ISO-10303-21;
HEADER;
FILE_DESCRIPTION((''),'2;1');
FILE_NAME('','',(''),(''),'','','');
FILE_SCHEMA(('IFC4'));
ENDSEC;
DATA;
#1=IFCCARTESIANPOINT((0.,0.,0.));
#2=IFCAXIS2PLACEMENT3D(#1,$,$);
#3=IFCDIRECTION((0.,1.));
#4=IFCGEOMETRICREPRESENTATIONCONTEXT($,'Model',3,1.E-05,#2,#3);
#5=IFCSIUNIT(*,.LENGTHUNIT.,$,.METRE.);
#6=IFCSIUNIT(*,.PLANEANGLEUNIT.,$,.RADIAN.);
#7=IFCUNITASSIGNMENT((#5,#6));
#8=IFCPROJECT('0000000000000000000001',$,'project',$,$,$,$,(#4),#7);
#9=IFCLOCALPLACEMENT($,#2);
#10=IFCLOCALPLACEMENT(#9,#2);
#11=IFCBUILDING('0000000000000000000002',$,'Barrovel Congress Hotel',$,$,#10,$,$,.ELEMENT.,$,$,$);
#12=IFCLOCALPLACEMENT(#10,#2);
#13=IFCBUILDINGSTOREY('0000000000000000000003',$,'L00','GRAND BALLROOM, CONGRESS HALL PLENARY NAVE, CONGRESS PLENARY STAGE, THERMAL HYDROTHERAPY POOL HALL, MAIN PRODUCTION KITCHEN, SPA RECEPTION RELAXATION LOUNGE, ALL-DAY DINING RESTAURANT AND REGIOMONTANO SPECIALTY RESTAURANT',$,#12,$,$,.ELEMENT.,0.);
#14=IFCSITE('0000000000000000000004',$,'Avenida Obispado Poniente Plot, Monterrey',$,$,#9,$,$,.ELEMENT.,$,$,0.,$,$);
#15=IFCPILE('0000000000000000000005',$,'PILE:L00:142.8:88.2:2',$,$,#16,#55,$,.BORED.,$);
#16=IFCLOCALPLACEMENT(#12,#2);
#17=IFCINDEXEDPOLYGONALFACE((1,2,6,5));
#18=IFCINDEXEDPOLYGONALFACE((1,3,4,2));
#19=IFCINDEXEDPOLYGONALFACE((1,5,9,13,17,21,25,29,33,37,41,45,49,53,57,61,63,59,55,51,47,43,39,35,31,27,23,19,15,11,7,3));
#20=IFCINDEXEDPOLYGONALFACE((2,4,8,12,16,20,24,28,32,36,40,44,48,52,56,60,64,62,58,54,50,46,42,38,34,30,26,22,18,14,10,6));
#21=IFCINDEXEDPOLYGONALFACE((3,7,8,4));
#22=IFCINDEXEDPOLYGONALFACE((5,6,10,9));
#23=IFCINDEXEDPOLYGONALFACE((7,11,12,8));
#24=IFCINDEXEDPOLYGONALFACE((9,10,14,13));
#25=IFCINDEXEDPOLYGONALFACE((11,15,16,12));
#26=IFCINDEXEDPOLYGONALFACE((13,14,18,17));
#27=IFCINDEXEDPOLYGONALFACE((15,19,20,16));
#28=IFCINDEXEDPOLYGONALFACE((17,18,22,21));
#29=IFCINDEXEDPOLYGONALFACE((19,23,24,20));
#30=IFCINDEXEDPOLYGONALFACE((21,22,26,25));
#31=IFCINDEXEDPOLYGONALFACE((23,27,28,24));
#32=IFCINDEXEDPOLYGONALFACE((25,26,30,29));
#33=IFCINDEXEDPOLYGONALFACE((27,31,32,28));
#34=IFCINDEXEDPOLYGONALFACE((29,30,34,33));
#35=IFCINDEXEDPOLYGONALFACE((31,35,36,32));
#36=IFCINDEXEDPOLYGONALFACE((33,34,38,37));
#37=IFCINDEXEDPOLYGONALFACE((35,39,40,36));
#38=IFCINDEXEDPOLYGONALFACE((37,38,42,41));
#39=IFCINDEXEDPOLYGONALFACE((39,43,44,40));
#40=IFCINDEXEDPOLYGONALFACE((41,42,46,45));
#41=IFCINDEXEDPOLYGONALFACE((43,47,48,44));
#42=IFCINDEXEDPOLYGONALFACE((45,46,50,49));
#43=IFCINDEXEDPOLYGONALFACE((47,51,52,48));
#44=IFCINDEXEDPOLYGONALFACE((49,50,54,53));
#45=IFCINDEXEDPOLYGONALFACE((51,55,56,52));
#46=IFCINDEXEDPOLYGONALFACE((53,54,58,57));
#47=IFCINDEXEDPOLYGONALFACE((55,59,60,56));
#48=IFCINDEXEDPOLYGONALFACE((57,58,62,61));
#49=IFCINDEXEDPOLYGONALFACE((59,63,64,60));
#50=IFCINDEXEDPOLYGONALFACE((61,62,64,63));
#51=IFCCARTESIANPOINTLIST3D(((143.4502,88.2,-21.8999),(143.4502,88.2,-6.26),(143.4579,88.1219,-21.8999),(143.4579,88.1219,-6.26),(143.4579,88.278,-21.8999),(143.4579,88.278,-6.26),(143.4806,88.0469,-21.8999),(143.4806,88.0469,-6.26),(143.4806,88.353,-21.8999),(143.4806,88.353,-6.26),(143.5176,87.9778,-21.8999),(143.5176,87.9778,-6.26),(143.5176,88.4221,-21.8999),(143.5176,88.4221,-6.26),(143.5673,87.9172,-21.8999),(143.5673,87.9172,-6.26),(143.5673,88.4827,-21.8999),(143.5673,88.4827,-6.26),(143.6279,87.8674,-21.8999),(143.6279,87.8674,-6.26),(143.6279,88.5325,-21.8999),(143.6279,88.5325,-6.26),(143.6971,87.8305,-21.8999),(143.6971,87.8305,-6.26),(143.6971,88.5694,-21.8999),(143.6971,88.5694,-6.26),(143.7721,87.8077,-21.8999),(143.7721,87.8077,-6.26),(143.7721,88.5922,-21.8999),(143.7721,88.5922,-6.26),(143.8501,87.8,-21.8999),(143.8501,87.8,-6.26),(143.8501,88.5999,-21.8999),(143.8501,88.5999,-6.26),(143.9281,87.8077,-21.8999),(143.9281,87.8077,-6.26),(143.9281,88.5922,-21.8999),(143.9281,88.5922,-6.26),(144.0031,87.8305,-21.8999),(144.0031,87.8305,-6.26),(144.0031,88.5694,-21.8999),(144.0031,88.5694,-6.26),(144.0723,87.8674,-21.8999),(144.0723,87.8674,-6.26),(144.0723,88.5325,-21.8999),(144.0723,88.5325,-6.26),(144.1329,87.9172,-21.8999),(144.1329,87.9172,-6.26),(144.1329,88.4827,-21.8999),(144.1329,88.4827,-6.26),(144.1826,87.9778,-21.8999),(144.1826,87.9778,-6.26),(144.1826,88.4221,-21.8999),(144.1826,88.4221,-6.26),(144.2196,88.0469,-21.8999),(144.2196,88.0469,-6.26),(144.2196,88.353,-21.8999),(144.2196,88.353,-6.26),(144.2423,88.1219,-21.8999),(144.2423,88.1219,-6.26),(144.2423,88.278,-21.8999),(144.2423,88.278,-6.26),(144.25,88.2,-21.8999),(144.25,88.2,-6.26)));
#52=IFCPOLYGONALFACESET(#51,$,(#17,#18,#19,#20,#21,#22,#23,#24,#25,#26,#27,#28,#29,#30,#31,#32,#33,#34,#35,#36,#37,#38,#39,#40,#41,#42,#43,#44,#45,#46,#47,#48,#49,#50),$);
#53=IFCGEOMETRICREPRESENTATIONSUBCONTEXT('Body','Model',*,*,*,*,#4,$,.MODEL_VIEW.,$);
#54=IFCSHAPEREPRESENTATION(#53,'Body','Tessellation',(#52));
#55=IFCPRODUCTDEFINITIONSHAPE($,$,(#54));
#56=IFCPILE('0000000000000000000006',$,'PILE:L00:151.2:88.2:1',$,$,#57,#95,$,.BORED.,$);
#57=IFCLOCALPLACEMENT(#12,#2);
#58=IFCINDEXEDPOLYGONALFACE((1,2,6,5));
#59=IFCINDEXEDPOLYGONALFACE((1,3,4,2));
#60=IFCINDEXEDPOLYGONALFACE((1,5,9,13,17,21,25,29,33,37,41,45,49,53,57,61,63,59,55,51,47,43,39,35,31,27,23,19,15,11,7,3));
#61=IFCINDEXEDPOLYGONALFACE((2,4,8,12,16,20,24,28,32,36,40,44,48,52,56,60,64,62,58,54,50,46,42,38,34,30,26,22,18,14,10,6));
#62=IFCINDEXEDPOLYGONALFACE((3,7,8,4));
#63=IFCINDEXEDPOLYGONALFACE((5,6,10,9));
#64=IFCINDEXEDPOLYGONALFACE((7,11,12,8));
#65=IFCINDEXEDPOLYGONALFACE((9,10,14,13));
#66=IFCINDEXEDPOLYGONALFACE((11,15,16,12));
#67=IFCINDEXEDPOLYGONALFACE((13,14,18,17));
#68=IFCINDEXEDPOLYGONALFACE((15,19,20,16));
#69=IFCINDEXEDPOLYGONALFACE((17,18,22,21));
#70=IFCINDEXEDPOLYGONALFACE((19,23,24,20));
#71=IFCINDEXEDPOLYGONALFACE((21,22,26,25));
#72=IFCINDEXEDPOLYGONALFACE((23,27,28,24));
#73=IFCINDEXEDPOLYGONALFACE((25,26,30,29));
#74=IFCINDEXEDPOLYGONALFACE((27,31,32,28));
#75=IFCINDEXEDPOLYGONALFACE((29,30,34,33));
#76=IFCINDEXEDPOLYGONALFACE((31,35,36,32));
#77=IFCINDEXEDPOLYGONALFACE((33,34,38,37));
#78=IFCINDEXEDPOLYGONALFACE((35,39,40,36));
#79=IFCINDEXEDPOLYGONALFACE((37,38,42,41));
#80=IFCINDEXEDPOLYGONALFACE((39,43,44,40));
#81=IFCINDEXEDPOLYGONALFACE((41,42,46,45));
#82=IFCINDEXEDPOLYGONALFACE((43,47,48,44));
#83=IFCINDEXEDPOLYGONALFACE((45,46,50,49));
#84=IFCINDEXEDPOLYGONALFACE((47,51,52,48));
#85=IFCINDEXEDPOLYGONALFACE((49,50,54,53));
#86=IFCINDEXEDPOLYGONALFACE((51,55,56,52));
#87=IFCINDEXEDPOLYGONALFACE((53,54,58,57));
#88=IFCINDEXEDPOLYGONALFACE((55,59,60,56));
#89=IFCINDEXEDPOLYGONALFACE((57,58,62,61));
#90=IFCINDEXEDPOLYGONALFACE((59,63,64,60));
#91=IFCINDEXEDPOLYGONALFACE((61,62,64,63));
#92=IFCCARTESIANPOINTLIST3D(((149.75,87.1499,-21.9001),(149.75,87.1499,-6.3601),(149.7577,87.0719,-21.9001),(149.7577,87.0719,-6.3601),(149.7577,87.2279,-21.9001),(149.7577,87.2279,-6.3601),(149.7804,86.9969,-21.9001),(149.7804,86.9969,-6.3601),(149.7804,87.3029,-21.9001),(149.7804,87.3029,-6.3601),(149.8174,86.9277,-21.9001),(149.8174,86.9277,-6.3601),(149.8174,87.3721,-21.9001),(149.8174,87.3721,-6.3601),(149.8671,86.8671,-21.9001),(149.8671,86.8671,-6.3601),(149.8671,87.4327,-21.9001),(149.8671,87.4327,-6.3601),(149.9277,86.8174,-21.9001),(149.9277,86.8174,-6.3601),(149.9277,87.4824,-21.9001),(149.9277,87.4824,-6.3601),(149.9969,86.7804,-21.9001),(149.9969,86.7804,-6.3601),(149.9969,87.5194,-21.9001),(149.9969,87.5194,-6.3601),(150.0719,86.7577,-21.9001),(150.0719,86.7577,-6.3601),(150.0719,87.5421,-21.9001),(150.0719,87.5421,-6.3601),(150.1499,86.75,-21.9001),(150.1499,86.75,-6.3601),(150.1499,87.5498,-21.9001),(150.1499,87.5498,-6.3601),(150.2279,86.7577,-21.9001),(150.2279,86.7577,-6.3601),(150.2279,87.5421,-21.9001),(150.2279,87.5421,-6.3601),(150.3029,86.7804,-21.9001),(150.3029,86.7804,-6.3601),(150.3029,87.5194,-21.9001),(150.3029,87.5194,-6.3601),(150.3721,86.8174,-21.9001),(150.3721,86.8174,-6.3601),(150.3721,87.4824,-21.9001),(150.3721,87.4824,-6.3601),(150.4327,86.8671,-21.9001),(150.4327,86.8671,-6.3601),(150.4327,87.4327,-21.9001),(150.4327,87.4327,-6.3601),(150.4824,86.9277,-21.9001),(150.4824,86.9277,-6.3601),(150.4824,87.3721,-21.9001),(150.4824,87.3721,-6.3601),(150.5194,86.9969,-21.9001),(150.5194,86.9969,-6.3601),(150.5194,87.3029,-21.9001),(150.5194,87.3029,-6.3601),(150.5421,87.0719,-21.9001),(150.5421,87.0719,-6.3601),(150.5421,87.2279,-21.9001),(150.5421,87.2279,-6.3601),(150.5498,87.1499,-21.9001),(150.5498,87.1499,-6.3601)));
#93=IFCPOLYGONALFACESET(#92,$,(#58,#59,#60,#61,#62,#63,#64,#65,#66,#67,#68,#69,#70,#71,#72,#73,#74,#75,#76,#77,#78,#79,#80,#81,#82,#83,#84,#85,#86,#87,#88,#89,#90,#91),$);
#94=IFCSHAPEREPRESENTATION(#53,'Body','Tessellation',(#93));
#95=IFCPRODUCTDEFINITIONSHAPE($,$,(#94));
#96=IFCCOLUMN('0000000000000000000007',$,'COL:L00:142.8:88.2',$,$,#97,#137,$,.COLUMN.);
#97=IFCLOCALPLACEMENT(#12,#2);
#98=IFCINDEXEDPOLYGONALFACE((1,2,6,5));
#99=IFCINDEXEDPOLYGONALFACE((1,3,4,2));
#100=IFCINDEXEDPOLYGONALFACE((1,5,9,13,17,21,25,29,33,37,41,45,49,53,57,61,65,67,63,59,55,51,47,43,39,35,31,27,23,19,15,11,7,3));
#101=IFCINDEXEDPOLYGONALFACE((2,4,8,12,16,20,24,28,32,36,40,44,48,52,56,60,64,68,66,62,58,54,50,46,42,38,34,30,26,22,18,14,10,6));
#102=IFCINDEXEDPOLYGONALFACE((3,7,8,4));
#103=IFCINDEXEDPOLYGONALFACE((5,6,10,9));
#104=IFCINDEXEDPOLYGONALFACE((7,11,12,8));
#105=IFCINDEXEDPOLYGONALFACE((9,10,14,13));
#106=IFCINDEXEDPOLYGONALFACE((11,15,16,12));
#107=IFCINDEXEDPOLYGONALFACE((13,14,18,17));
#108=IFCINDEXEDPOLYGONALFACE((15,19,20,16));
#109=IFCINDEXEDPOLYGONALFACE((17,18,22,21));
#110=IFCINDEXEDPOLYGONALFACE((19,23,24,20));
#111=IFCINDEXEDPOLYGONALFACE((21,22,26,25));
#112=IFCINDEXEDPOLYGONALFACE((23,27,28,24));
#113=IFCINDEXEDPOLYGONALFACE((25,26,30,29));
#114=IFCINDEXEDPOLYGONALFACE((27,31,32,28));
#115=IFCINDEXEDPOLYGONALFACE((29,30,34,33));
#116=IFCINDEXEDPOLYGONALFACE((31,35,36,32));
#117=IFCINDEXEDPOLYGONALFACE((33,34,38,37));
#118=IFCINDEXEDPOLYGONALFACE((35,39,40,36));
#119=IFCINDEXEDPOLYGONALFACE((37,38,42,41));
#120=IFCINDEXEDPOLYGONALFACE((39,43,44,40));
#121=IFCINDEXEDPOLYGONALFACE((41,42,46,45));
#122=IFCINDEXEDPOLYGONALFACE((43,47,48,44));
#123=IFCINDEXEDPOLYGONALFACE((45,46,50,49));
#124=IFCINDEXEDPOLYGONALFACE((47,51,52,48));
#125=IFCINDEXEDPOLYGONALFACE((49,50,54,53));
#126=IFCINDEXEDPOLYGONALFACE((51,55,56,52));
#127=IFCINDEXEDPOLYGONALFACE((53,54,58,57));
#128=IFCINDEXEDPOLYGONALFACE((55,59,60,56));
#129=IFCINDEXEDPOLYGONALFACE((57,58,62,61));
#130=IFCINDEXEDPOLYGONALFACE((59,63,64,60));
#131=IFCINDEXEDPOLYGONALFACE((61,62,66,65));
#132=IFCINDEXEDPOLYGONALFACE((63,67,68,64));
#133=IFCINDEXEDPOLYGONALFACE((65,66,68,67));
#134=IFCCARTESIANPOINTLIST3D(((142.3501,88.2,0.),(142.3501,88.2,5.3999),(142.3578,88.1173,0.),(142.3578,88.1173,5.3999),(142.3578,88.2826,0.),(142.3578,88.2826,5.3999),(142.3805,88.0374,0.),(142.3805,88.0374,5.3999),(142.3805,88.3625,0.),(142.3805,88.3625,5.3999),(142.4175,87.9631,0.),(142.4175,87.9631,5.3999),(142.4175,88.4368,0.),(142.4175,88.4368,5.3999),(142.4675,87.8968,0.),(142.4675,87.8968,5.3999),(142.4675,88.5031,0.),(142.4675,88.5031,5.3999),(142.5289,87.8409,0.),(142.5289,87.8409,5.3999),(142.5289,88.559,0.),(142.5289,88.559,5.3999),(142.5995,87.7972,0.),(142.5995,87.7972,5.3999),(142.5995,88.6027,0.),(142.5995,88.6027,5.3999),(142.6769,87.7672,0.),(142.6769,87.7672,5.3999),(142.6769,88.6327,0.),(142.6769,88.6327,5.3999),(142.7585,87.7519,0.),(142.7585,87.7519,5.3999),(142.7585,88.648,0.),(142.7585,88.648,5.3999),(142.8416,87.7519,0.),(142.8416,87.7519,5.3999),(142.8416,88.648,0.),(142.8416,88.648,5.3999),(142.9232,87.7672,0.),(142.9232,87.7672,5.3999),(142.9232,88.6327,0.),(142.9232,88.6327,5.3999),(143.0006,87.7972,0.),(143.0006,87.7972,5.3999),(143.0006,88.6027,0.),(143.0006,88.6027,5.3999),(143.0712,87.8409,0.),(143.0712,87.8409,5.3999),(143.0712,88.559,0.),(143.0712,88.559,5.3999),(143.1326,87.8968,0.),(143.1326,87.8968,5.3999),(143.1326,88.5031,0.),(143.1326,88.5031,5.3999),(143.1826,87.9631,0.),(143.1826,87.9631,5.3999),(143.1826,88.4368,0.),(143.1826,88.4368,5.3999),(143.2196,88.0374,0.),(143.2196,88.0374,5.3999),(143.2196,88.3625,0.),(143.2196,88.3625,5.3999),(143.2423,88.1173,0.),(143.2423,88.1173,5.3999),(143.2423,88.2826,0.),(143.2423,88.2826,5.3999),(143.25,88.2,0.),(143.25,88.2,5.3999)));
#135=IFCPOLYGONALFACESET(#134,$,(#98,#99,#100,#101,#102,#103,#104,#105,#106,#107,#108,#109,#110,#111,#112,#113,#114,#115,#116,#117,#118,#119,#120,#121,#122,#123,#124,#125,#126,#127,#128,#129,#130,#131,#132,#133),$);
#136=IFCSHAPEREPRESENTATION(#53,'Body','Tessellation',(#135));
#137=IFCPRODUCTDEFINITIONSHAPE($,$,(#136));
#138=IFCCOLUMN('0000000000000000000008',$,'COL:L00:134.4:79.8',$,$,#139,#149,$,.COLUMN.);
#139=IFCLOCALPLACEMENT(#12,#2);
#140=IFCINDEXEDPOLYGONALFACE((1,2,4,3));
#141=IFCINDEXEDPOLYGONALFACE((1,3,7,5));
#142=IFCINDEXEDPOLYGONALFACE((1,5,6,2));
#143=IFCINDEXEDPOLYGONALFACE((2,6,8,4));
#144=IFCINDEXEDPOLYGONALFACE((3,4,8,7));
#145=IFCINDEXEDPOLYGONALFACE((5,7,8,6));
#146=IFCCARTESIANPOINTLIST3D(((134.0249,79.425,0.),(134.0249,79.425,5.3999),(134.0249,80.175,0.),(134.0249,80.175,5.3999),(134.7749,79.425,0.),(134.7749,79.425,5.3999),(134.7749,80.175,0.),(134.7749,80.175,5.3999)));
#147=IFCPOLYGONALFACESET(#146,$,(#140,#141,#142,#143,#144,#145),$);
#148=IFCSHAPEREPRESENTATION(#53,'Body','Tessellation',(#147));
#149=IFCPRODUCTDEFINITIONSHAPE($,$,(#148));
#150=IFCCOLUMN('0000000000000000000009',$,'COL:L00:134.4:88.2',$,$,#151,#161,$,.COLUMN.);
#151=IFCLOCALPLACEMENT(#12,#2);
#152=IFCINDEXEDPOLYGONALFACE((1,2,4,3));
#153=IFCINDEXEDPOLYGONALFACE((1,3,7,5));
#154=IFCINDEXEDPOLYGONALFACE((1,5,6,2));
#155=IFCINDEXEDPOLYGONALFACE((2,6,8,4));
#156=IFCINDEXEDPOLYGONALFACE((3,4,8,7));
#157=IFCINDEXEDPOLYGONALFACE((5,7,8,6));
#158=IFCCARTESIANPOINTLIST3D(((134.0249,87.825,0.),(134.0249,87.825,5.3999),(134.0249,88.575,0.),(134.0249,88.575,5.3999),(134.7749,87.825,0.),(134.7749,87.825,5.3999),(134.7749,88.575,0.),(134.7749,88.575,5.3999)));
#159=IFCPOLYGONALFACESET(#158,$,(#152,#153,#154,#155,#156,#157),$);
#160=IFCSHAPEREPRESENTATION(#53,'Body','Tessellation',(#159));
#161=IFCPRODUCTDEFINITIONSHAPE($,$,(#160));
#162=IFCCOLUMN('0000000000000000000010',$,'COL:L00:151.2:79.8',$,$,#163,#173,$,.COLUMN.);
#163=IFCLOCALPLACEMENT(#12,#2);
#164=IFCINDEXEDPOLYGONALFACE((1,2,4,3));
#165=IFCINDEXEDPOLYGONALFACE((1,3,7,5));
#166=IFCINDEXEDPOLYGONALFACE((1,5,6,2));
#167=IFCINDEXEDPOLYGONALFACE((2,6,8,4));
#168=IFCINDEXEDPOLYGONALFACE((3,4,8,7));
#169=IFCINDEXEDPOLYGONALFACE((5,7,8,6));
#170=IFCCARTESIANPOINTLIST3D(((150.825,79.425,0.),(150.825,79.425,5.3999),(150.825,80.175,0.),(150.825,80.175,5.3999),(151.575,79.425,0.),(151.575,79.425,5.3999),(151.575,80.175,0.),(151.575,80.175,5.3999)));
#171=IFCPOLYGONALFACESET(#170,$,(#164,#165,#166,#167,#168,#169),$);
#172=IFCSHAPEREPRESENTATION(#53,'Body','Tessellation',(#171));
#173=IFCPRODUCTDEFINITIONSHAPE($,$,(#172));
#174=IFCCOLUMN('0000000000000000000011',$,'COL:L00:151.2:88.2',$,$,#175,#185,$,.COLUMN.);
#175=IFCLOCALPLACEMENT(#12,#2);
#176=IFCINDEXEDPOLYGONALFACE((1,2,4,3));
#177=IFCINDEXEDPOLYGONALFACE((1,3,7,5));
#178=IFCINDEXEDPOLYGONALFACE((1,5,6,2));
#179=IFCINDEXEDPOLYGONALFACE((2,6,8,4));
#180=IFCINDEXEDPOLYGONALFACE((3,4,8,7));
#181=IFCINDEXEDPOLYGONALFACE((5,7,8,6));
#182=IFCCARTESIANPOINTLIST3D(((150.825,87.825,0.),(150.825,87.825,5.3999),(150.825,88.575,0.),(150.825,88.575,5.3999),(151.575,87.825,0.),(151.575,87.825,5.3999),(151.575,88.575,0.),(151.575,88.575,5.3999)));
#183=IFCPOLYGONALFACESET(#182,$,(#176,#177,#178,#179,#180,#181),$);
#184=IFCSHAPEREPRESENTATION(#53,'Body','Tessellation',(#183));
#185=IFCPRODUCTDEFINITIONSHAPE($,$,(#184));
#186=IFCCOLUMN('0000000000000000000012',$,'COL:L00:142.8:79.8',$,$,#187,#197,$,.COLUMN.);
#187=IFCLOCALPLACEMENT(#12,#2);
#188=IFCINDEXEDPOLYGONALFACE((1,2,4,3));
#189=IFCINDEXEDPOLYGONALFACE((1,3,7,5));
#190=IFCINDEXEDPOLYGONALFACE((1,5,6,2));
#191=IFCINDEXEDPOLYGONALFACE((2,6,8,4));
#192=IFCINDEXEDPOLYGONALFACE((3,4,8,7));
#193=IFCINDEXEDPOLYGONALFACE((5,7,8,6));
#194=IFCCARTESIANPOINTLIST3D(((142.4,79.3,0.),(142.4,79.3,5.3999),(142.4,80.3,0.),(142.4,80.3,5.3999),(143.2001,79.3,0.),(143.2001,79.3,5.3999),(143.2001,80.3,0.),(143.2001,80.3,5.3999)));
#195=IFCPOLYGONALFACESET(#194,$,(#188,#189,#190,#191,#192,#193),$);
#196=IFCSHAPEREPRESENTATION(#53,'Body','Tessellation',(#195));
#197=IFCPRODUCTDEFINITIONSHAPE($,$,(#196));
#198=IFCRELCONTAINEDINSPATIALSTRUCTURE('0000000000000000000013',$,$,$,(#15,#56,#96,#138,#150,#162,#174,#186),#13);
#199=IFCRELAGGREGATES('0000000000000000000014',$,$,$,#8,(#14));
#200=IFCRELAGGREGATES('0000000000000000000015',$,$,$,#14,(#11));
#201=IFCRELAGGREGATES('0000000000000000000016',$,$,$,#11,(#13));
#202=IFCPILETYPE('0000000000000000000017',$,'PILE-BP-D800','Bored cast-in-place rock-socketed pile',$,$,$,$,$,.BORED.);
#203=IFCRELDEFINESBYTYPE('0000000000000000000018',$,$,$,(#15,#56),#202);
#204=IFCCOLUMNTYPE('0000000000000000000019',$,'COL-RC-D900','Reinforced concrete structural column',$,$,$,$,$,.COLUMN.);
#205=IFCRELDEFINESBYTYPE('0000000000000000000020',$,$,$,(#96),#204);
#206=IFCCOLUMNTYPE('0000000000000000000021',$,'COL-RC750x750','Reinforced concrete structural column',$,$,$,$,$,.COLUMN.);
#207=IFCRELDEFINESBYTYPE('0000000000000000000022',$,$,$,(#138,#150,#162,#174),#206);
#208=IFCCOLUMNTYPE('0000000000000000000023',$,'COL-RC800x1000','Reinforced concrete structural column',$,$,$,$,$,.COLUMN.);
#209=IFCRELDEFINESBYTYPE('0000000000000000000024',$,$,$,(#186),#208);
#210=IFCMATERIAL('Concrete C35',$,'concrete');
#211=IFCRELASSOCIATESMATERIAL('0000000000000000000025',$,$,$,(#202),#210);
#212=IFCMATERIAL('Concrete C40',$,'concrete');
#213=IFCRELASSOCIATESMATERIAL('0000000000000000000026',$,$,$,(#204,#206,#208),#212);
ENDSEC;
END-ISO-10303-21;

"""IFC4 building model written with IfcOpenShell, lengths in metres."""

from ifc_helpers import new_model, si_unit, direction, frame, origin, origin_2d, place, context, subcontext, project, spatial, rectangle, circle, extrude, material, material_profile, profile_set, type_object, element, save


model = new_model("IFC4")

# Units and contexts
model_context = context("Model", 3, precision=1e-05, world=origin(), true_north=direction((0.0, 1.0)))
body_context = subcontext(model_context, "Body", "Model", "MODEL_VIEW")
ifc_project = project(units=[si_unit("LENGTHUNIT", "METRE"), si_unit("PLANEANGLEUNIT", "RADIAN")], contexts=[model_context])

# Site, building, storey
site_placement = place(None, origin())
site = spatial("IfcSite", under=ifc_project, at=site_placement, Name="Avenida Obispado Poniente Plot, Monterrey", CompositionType="ELEMENT", RefElevation=0.0)
building_placement = place(site_placement, origin())
building = spatial("IfcBuilding", under=site, at=building_placement, Name="Barrovel Congress Hotel", CompositionType="ELEMENT")
storey_placement = place(building_placement, origin())
storey = spatial("IfcBuildingStorey", under=building, at=storey_placement, Name="L00", Description="GRAND BALLROOM, CONGRESS HALL PLENARY NAVE, CONGRESS PLENARY STAGE, THERMAL HYDROTHERAPY POOL HALL, MAIN PRODUCTION KITCHEN, SPA RECEPTION RELAXATION LOUNGE, ALL-DAY DINING RESTAURANT AND REGIOMONTANO SPECIALTY RESTAURANT", CompositionType="ELEMENT", Elevation=0.0)

# Shared definitions
ifc_material_1 = material(Name="Concrete C40", Category="concrete")

# Piles
ifc_material_2 = material(Name="Concrete C35", Category="concrete")
ifc_material_profile_1 = material_profile(ifc_material_2, circle(Radius=0.3999, at=origin_2d()), Name="BP-D800")
ifc_profile_set_1 = profile_set([ifc_material_profile_1], Name="Concrete C35")
pile_type = type_object("IfcPileType", Name="PILE-BP-D800", Description="Bored cast-in-place rock-socketed pile", PredefinedType="BORED", material=ifc_profile_set_1)
for number, where, z_axis, x_axis, name in (
    (1, (143.8501, 88.2, -6.26), (0.0, 0.0, -1.0), (1.0, 0.0, 0.0), "PILE:L00:142.8:88.2:2"),
):
    element("IfcPile", number, at=place(storey_placement, frame(where, z_axis=z_axis, x_axis=x_axis)), inside=storey, type_object=pile_type, Name=name, PredefinedType="BORED", context=body_context, shape_type="SweptSolid", body=[
        extrude(circle(Radius=0.3999, at=origin_2d()), origin(), (0.0, 0.0, 1.0), 15.6399),
    ])
pile_placement = place(storey_placement, frame((150.1499, 87.1499, -6.3601), z_axis=(0.0, 0.0, -1.0), x_axis=(1.0, 0.0, 0.0)))
element("IfcPile", 2, at=pile_placement, inside=storey, type_object=pile_type, Name="PILE:L00:151.2:88.2:1", PredefinedType="BORED", context=body_context, shape_type="SweptSolid", body=[
    extrude(circle(Radius=0.3999, at=origin_2d()), origin(), (0.0, 0.0, 1.0), 15.54),
])

# Columns
ifc_material_profile_2 = material_profile(ifc_material_1, circle(Radius=0.45, at=origin_2d()), Name="RC-D900")
ifc_profile_set_2 = profile_set([ifc_material_profile_2], Name="Concrete C40")
column_type_1 = type_object("IfcColumnType", Name="COL-RC-D900", Description="Reinforced concrete structural column", PredefinedType="COLUMN", material=ifc_profile_set_2)
column_1_placement = place(storey_placement, frame((142.8, 88.2, 0.0), z_axis=(0.0, 0.0, 1.0), x_axis=(1.0, 0.0, 0.0)))
element("IfcColumn", 3, at=column_1_placement, inside=storey, type_object=column_type_1, Name="COL:L00:142.8:88.2", PredefinedType="COLUMN", context=body_context, shape_type="SweptSolid", body=[
    extrude(circle(Radius=0.45, at=origin_2d()), origin(), (0.0, 0.0, 1.0), 5.3999),
])
ifc_material_profile_3 = material_profile(ifc_material_1, rectangle(XDim=0.75, YDim=0.75, at=origin_2d()), Name="RC750x750")
ifc_profile_set_3 = profile_set([ifc_material_profile_3], Name="Concrete C40")
column_type_2 = type_object("IfcColumnType", Name="COL-RC750x750", Description="Reinforced concrete structural column", PredefinedType="COLUMN", material=ifc_profile_set_3)
for number, where, z_axis, x_axis, name in (
    (4, (134.3999, 79.8, 0.0), (0.0, 0.0, 1.0), (1.0, 0.0, 0.0), "COL:L00:134.4:79.8"),
    (5, (134.3999, 88.2, 0.0), (0.0, 0.0, 1.0), (1.0, 0.0, 0.0), "COL:L00:134.4:88.2"),
    (6, (151.2, 79.8, 0.0), (0.0, 0.0, 1.0), (1.0, 0.0, 0.0), "COL:L00:151.2:79.8"),
    (7, (151.2, 88.2, 0.0), (0.0, 0.0, 1.0), (1.0, 0.0, 0.0), "COL:L00:151.2:88.2"),
):
    element("IfcColumn", number, at=place(storey_placement, frame(where, z_axis=z_axis, x_axis=x_axis)), inside=storey, type_object=column_type_2, Name=name, PredefinedType="COLUMN", context=body_context, shape_type="SweptSolid", body=[
        extrude(rectangle(XDim=0.75, YDim=0.75, at=origin_2d()), origin(), (0.0, 0.0, 1.0), 5.3999),
    ])
ifc_material_profile_4 = material_profile(ifc_material_1, rectangle(XDim=0.8, YDim=1.0, at=origin_2d()), Name="RC800x1000")
ifc_profile_set_4 = profile_set([ifc_material_profile_4], Name="Concrete C40")
column_type_3 = type_object("IfcColumnType", Name="COL-RC800x1000", Description="Reinforced concrete structural column", PredefinedType="COLUMN", material=ifc_profile_set_4)
column_2_placement = place(storey_placement, frame((142.8, 79.8, 0.0), z_axis=(0.0, 0.0, 1.0), x_axis=(1.0, 0.0, 0.0)))
element("IfcColumn", 8, at=column_2_placement, inside=storey, type_object=column_type_3, Name="COL:L00:142.8:79.8", PredefinedType="COLUMN", context=body_context, shape_type="SweptSolid", body=[
    extrude(rectangle(XDim=0.8, YDim=1.0, at=origin_2d()), origin(), (0.0, 0.0, 1.0), 5.3999),
])

save(model, "model.ifc")
